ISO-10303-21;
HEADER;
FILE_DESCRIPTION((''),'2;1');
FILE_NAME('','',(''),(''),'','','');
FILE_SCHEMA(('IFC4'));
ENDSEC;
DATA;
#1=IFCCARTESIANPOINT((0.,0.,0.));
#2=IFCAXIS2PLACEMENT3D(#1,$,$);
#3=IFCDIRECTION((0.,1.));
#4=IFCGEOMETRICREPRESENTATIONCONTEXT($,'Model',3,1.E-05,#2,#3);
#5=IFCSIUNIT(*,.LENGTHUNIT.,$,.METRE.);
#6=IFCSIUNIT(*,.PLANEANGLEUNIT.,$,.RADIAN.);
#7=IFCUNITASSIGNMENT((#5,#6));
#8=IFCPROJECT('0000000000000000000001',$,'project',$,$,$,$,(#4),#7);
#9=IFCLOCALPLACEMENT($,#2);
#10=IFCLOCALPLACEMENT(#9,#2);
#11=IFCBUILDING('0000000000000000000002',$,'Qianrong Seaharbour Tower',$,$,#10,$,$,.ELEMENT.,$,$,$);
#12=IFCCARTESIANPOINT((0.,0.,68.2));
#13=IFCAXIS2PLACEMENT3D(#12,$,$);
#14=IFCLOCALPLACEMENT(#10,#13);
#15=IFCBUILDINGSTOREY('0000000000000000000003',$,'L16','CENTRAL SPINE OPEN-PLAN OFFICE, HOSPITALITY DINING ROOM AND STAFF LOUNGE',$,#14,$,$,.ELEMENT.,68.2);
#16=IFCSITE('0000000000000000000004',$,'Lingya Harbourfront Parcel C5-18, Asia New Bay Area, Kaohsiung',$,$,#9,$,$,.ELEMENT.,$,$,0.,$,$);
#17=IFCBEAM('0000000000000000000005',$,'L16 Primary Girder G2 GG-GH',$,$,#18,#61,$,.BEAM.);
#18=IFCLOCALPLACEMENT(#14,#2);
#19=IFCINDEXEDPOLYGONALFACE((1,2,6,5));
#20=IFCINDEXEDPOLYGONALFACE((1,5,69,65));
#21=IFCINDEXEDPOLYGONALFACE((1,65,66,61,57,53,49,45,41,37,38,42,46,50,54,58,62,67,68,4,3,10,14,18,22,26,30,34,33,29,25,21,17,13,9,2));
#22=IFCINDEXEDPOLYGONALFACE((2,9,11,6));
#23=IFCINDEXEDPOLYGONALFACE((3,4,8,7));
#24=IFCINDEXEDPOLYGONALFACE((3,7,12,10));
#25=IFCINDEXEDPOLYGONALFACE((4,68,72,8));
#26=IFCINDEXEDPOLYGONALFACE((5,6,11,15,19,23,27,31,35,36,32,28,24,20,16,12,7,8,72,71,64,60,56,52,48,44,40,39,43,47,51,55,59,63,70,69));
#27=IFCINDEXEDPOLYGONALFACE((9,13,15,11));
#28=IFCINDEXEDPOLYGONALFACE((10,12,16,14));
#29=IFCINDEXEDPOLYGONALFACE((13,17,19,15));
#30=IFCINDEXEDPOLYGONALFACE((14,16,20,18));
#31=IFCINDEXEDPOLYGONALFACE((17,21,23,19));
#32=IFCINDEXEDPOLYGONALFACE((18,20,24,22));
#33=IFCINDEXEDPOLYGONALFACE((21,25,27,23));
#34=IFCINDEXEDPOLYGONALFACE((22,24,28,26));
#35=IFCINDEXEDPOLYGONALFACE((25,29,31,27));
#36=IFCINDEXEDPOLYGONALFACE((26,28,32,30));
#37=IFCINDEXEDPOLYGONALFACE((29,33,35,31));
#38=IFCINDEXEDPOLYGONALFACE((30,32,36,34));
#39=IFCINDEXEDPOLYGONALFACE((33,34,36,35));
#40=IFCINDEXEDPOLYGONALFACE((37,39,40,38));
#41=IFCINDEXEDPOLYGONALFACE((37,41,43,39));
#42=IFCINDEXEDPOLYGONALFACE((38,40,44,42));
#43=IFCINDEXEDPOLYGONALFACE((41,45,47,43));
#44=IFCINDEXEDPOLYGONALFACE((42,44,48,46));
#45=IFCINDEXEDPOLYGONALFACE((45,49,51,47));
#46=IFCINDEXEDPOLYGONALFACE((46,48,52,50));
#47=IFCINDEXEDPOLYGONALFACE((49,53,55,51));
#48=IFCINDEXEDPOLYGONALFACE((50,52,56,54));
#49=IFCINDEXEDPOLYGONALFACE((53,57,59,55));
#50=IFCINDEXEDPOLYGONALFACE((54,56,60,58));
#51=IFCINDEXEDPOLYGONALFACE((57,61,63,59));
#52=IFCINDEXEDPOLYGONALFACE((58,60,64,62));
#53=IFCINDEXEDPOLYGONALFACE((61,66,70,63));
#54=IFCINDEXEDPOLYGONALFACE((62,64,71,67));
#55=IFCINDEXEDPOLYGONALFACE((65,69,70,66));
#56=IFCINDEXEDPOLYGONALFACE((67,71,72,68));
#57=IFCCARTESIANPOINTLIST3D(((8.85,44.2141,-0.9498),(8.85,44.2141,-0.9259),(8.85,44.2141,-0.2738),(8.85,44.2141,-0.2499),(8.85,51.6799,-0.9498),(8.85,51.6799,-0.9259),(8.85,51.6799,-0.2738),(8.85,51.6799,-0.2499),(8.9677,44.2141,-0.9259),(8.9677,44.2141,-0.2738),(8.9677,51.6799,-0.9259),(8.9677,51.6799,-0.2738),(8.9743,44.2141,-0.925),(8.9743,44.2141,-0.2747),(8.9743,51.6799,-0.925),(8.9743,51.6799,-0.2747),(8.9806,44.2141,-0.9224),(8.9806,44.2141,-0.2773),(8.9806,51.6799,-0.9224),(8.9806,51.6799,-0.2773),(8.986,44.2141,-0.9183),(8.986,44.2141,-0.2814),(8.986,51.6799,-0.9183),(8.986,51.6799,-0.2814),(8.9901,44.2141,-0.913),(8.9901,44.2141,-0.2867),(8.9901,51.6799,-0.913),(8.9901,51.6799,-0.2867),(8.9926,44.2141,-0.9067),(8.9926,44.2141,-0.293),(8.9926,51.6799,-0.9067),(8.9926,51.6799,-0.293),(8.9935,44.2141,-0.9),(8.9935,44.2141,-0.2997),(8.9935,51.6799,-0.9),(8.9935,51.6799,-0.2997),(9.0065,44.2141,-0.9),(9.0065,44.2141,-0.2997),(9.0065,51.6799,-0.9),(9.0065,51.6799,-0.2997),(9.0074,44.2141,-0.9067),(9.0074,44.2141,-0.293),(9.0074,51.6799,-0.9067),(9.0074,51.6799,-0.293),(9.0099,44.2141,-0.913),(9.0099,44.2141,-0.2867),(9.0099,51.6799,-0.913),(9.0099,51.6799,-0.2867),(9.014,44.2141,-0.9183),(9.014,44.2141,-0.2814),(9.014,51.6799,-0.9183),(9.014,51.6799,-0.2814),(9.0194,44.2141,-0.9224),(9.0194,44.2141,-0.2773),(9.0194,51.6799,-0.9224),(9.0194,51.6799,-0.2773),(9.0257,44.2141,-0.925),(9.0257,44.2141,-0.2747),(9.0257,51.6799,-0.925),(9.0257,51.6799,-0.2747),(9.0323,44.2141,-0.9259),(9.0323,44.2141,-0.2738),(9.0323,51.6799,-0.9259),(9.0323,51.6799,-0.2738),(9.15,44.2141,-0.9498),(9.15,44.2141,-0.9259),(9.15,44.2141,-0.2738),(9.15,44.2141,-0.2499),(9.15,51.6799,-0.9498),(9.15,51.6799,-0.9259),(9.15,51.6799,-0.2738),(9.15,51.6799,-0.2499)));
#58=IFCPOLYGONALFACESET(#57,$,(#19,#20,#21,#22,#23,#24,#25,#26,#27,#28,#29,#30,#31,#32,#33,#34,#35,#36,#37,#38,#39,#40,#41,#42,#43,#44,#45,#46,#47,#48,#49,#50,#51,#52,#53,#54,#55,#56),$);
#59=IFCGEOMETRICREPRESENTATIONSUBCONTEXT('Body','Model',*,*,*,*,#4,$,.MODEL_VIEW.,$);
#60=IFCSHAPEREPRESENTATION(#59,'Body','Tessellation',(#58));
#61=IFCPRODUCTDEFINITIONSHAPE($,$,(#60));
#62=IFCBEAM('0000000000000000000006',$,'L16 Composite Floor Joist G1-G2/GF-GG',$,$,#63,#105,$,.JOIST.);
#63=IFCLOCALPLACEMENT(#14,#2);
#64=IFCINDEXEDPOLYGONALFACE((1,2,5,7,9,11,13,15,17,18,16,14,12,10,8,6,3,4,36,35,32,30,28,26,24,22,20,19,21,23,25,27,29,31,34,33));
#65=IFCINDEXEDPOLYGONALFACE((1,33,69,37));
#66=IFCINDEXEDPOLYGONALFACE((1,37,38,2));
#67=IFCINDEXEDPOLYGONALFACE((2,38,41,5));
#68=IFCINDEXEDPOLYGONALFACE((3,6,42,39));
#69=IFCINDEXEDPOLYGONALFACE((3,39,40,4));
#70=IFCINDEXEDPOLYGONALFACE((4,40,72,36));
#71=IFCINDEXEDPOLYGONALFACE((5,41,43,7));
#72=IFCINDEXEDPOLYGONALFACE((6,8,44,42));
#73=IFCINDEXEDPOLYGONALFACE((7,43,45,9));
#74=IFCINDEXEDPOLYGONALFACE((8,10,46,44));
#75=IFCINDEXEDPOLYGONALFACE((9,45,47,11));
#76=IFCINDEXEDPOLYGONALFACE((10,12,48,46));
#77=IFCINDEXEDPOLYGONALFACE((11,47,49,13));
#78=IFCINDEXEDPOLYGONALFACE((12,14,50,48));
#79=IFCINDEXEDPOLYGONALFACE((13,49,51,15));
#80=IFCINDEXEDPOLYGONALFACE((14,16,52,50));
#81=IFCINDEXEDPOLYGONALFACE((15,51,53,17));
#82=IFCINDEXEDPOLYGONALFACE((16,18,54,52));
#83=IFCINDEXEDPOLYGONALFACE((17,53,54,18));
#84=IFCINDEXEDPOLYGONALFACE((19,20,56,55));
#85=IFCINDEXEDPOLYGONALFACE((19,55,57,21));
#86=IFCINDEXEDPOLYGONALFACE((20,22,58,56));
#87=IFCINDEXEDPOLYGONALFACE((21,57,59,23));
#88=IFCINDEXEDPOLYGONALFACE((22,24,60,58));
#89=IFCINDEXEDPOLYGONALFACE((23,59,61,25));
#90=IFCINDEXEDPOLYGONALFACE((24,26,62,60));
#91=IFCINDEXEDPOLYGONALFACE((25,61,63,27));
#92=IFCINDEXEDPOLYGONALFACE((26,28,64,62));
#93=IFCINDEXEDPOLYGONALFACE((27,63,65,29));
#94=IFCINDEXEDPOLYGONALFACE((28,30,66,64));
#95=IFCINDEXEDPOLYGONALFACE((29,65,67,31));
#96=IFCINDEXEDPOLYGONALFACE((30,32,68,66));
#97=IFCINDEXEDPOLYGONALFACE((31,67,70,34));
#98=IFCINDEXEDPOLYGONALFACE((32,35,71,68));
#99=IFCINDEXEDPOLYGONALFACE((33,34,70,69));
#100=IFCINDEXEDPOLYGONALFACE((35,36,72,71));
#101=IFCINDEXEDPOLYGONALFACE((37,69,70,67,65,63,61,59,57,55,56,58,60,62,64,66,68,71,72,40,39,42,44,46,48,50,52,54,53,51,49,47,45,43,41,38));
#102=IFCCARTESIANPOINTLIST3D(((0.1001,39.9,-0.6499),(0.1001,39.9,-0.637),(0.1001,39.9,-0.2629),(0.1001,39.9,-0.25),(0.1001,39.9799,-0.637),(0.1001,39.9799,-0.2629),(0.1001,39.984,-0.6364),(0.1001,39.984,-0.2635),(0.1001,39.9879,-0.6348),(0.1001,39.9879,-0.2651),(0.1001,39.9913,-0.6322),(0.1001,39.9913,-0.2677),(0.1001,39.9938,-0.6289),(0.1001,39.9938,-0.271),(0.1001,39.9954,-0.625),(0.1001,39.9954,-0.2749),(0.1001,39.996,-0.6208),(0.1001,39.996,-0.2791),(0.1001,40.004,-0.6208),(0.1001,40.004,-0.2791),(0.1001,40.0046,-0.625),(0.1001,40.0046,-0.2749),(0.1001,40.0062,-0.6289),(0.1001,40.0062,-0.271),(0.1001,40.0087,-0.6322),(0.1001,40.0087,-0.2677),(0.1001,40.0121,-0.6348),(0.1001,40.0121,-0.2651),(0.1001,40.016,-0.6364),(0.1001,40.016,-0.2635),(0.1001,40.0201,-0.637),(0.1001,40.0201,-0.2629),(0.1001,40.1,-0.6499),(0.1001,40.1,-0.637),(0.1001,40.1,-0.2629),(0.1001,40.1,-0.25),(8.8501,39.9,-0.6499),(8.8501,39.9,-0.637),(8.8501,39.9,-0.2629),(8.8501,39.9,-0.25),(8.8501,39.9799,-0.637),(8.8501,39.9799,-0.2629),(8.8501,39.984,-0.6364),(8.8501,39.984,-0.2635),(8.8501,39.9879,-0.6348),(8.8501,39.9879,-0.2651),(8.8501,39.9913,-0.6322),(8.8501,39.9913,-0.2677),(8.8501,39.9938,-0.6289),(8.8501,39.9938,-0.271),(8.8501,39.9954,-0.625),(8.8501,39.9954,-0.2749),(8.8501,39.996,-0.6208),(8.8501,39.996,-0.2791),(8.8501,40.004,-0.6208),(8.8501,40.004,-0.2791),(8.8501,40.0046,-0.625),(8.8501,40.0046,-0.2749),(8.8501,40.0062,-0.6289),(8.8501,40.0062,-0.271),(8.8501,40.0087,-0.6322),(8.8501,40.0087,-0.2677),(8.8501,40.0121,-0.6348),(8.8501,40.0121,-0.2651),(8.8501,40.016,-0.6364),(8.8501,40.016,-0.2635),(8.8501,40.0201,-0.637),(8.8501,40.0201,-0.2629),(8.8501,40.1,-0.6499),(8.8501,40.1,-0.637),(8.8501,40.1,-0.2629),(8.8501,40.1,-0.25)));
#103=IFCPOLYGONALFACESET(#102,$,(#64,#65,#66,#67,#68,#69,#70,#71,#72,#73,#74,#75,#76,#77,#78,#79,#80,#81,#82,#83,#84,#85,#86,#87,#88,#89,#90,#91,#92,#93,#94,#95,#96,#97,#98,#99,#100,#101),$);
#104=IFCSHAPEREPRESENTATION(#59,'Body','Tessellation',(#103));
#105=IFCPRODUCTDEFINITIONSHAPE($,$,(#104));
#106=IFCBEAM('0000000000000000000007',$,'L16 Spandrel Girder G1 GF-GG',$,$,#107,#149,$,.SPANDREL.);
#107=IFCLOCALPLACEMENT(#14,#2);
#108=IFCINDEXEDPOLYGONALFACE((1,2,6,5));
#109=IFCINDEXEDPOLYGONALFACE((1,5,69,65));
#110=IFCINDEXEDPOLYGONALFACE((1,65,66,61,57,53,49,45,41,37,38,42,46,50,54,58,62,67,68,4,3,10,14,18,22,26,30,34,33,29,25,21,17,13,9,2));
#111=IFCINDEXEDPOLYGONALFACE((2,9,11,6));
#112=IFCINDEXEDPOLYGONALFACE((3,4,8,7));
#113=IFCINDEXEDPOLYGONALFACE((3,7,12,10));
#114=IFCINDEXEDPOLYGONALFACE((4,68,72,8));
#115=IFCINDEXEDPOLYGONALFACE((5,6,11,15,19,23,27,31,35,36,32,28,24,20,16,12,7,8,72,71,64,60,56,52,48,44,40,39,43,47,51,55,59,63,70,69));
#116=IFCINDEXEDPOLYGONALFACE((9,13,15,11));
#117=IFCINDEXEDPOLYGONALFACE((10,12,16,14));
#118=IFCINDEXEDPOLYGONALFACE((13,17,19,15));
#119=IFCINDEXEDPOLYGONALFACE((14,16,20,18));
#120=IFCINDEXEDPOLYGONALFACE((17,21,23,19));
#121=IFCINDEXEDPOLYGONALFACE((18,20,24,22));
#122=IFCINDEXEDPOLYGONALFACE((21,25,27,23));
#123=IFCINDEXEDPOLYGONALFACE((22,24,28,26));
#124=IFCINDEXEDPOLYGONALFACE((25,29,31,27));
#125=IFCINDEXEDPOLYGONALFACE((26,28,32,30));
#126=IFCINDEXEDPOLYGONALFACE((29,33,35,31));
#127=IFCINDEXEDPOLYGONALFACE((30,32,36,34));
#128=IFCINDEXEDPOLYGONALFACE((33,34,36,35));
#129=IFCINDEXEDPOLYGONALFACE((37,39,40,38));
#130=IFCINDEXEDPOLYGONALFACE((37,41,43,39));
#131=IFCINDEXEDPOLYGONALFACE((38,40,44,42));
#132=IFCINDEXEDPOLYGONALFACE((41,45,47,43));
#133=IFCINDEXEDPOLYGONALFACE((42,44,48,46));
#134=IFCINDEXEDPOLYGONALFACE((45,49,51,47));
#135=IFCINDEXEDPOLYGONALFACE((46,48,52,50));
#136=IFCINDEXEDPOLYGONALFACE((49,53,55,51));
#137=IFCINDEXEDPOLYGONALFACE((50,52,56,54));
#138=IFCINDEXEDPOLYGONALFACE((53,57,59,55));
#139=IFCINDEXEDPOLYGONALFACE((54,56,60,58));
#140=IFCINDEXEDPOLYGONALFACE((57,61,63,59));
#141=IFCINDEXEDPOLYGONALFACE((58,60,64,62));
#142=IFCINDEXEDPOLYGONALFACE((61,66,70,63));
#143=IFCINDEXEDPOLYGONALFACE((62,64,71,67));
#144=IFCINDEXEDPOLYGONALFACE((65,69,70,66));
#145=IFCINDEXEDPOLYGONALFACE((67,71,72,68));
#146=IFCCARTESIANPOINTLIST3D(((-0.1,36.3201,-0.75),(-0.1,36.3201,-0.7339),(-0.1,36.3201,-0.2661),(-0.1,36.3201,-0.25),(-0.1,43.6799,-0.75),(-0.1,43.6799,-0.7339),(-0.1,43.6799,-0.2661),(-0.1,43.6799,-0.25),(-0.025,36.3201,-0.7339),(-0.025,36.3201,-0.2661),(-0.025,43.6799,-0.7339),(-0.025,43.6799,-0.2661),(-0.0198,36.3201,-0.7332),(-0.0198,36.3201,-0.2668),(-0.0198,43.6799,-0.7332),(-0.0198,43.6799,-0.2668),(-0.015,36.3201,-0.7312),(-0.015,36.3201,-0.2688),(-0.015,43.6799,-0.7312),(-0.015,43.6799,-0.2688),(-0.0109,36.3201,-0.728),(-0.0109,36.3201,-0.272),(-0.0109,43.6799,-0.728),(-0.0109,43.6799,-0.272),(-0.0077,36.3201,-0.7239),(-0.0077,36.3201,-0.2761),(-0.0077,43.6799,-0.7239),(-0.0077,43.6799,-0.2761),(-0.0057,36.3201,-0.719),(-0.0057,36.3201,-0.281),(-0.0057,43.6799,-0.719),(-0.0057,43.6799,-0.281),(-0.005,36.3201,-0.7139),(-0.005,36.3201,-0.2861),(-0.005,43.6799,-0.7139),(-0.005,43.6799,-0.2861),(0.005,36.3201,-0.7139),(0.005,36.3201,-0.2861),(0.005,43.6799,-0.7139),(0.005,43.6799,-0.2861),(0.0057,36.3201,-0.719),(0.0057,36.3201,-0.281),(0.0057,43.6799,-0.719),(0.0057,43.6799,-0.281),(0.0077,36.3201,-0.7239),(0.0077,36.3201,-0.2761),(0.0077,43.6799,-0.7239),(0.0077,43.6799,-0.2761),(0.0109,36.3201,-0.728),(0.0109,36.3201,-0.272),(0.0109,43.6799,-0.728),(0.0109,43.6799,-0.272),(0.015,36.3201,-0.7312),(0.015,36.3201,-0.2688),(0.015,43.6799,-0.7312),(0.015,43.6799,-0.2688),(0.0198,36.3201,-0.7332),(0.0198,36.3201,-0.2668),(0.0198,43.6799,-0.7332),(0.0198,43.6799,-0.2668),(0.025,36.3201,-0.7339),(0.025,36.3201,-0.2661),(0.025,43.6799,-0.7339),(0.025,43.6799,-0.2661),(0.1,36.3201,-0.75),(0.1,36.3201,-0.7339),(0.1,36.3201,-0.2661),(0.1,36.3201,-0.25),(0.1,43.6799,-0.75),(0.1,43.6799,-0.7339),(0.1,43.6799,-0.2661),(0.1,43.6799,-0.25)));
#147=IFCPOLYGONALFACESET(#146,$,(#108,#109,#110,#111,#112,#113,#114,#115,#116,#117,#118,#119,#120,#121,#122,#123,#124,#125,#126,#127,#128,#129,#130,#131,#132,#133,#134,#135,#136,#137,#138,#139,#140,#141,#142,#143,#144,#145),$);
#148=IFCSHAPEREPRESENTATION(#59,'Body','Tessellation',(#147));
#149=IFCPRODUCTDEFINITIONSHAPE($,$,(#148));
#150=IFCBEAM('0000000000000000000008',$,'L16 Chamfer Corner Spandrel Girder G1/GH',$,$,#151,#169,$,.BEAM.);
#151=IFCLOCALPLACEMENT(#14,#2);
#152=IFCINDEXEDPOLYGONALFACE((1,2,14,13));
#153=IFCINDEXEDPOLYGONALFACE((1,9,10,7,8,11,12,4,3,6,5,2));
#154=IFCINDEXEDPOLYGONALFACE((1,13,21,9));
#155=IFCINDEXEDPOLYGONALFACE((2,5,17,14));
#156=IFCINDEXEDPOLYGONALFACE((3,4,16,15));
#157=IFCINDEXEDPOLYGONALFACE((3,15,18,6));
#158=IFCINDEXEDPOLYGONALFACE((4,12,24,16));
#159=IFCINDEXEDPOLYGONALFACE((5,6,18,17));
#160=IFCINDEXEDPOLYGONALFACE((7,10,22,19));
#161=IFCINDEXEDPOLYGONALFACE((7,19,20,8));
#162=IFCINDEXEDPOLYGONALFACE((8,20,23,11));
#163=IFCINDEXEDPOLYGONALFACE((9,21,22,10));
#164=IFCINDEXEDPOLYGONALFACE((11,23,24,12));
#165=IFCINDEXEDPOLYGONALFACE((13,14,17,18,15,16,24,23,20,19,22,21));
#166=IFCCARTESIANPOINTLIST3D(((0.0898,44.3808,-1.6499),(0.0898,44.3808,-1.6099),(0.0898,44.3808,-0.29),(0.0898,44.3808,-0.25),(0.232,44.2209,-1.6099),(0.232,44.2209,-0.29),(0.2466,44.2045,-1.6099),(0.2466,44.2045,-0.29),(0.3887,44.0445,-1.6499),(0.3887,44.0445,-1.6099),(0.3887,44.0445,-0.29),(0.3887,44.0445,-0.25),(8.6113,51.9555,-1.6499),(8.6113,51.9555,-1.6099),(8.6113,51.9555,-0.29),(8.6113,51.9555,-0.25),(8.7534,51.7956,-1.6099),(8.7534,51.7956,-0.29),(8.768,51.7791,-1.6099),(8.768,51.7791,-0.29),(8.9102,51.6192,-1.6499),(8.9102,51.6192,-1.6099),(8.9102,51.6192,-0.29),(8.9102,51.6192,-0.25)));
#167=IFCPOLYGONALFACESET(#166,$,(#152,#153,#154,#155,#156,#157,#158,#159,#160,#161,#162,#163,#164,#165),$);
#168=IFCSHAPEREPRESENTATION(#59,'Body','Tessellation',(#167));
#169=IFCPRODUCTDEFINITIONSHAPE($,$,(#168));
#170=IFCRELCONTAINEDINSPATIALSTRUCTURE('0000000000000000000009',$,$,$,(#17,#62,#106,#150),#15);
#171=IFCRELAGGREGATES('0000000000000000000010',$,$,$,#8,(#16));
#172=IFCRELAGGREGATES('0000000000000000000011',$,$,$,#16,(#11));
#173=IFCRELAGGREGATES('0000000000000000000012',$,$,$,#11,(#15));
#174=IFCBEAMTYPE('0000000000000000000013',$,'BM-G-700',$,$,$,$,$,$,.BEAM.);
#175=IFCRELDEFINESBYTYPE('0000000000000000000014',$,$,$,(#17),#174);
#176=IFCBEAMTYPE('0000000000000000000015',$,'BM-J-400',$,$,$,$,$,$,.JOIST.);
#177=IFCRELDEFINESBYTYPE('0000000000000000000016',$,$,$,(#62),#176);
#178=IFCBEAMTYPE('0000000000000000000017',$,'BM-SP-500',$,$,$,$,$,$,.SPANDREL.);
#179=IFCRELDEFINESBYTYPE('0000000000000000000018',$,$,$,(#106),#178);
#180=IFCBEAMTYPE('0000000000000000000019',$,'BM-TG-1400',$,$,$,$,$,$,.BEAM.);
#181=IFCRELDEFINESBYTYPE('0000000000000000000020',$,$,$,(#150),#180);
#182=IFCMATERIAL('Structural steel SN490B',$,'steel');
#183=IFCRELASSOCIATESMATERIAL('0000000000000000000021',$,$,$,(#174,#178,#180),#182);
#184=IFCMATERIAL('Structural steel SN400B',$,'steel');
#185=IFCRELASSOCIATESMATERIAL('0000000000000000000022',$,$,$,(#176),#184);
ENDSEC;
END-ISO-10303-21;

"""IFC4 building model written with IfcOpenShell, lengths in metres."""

from ifc_helpers import new_model, si_unit, direction, frame, origin, origin_2d, place, context, subcontext, project, spatial, i_section, extrude, material, material_profile, profile_set, type_object, element, save


model = new_model("IFC4")

# Units and contexts
model_context = context("Model", 3, precision=1e-05, world=origin(), true_north=direction((0.0, 1.0)))
body_context = subcontext(model_context, "Body", "Model", "MODEL_VIEW")
ifc_project = project(units=[si_unit("LENGTHUNIT", "METRE"), si_unit("PLANEANGLEUNIT", "RADIAN")], contexts=[model_context])

# Site, building, storey
site_placement = place(None, origin())
site = spatial("IfcSite", under=ifc_project, at=site_placement, Name="Lingya Harbourfront Parcel C5-18, Asia New Bay Area, Kaohsiung", CompositionType="ELEMENT", RefElevation=0.0)
building_placement = place(site_placement, origin())
building = spatial("IfcBuilding", under=site, at=building_placement, Name="Qianrong Seaharbour Tower", CompositionType="ELEMENT")
storey_placement = place(building_placement, frame((0.0, 0.0, 68.2)))
storey = spatial("IfcBuildingStorey", under=building, at=storey_placement, Name="L16", Description="CENTRAL SPINE OPEN-PLAN OFFICE, HOSPITALITY DINING ROOM AND STAFF LOUNGE", CompositionType="ELEMENT", Elevation=68.2)

# Shared definitions
ifc_material_1 = material(Name="Structural steel SN490B", Category="steel")

# Beams
ifc_material_profile_1 = material_profile(ifc_material_1, i_section(OverallWidth=0.3, OverallDepth=0.7, WebThickness=0.0129, FlangeThickness=0.0239, FilletRadius=0.0259, at=origin_2d()), Name="H700x300x13x24")
ifc_profile_set_1 = profile_set([ifc_material_profile_1], Name="Structural steel SN490B")
beam_type_1 = type_object("IfcBeamType", Name="BM-G-700", PredefinedType="BEAM", material=ifc_profile_set_1)
for number, where, z_axis, x_axis, name in (
    (1, (9.0, 44.2141, -0.5999), (0.0, 1.0, 0.0), (-1.0, 0.0, 0.0), "L16 Primary Girder G2 GG-GH"),
):
    element("IfcBeam", number, at=place(storey_placement, frame(where, z_axis=z_axis, x_axis=x_axis)), inside=storey, type_object=beam_type_1, Name=name, PredefinedType="BEAM", context=body_context, shape_type="SweptSolid", body=[
        extrude(i_section(OverallWidth=0.3, OverallDepth=0.7, WebThickness=0.0129, FlangeThickness=0.0239, FilletRadius=0.0259, at=origin_2d()), origin(), (0.0, 0.0, 1.0), 7.4658),
    ])
ifc_material_2 = material(Name="Structural steel SN400B", Category="steel")
ifc_material_profile_2 = material_profile(ifc_material_2, i_section(OverallWidth=0.2, OverallDepth=0.3999, WebThickness=0.0081, FlangeThickness=0.0129, FilletRadius=0.0161, at=origin_2d()), Name="H400x200x8x13")
ifc_profile_set_2 = profile_set([ifc_material_profile_2], Name="Structural steel SN400B")
beam_type_2 = type_object("IfcBeamType", Name="BM-J-400", PredefinedType="JOIST", material=ifc_profile_set_2)
beam_1_placement = place(storey_placement, frame((0.1001, 40.0, -0.45), z_axis=(1.0, 0.0, 0.0), x_axis=(0.0, 1.0, 0.0)))
element("IfcBeam", 2, at=beam_1_placement, inside=storey, type_object=beam_type_2, Name="L16 Composite Floor Joist G1-G2/GF-GG", PredefinedType="JOIST", context=body_context, shape_type="SweptSolid", body=[
    extrude(i_section(OverallWidth=0.2, OverallDepth=0.3999, WebThickness=0.0081, FlangeThickness=0.0129, FilletRadius=0.0161, at=origin_2d()), origin(), (0.0, 0.0, 1.0), 8.75),
])
ifc_material_profile_3 = material_profile(ifc_material_1, i_section(OverallWidth=0.2, OverallDepth=0.5, WebThickness=0.01, FlangeThickness=0.0161, FilletRadius=0.02, at=origin_2d()), Name="H500x200x10x16")
ifc_profile_set_3 = profile_set([ifc_material_profile_3], Name="Structural steel SN490B")
beam_type_3 = type_object("IfcBeamType", Name="BM-SP-500", PredefinedType="SPANDREL", material=ifc_profile_set_3)
beam_2_placement = place(storey_placement, frame((0.0, 36.3201, -0.5), z_axis=(0.0, 1.0, 0.0), x_axis=(-1.0, 0.0, 0.0)))
element("IfcBeam", 3, at=beam_2_placement, inside=storey, type_object=beam_type_3, Name="L16 Spandrel Girder G1 GF-GG", PredefinedType="SPANDREL", context=body_context, shape_type="SweptSolid", body=[
    extrude(i_section(OverallWidth=0.2, OverallDepth=0.5, WebThickness=0.01, FlangeThickness=0.0161, FilletRadius=0.02, at=origin_2d()), origin(), (0.0, 0.0, 1.0), 7.3599),
])
ifc_material_profile_4 = material_profile(ifc_material_1, i_section(OverallWidth=0.45, OverallDepth=1.3999, WebThickness=0.022, FlangeThickness=0.04, at=origin_2d()), Name="BH1400x450x22x40")
ifc_profile_set_4 = profile_set([ifc_material_profile_4], Name="Structural steel SN490B")
beam_type_4 = type_object("IfcBeamType", Name="BM-TG-1400", PredefinedType="BEAM", material=ifc_profile_set_4)
beam_3_placement = place(storey_placement, frame((8.7607, 51.7874, -0.95), z_axis=(-0.747407, -0.664366, 0.0), x_axis=(0.664366, -0.747407, 0.0)))
element("IfcBeam", 4, at=beam_3_placement, inside=storey, type_object=beam_type_4, Name="L16 Chamfer Corner Spandrel Girder G1/GH", PredefinedType="BEAM", context=body_context, shape_type="SweptSolid", body=[
    extrude(i_section(OverallWidth=0.45, OverallDepth=1.3999, WebThickness=0.022, FlangeThickness=0.04, at=origin_2d()), origin(), (0.0, 0.0, 1.0), 11.4014),
])

save(model, "model.ifc")
